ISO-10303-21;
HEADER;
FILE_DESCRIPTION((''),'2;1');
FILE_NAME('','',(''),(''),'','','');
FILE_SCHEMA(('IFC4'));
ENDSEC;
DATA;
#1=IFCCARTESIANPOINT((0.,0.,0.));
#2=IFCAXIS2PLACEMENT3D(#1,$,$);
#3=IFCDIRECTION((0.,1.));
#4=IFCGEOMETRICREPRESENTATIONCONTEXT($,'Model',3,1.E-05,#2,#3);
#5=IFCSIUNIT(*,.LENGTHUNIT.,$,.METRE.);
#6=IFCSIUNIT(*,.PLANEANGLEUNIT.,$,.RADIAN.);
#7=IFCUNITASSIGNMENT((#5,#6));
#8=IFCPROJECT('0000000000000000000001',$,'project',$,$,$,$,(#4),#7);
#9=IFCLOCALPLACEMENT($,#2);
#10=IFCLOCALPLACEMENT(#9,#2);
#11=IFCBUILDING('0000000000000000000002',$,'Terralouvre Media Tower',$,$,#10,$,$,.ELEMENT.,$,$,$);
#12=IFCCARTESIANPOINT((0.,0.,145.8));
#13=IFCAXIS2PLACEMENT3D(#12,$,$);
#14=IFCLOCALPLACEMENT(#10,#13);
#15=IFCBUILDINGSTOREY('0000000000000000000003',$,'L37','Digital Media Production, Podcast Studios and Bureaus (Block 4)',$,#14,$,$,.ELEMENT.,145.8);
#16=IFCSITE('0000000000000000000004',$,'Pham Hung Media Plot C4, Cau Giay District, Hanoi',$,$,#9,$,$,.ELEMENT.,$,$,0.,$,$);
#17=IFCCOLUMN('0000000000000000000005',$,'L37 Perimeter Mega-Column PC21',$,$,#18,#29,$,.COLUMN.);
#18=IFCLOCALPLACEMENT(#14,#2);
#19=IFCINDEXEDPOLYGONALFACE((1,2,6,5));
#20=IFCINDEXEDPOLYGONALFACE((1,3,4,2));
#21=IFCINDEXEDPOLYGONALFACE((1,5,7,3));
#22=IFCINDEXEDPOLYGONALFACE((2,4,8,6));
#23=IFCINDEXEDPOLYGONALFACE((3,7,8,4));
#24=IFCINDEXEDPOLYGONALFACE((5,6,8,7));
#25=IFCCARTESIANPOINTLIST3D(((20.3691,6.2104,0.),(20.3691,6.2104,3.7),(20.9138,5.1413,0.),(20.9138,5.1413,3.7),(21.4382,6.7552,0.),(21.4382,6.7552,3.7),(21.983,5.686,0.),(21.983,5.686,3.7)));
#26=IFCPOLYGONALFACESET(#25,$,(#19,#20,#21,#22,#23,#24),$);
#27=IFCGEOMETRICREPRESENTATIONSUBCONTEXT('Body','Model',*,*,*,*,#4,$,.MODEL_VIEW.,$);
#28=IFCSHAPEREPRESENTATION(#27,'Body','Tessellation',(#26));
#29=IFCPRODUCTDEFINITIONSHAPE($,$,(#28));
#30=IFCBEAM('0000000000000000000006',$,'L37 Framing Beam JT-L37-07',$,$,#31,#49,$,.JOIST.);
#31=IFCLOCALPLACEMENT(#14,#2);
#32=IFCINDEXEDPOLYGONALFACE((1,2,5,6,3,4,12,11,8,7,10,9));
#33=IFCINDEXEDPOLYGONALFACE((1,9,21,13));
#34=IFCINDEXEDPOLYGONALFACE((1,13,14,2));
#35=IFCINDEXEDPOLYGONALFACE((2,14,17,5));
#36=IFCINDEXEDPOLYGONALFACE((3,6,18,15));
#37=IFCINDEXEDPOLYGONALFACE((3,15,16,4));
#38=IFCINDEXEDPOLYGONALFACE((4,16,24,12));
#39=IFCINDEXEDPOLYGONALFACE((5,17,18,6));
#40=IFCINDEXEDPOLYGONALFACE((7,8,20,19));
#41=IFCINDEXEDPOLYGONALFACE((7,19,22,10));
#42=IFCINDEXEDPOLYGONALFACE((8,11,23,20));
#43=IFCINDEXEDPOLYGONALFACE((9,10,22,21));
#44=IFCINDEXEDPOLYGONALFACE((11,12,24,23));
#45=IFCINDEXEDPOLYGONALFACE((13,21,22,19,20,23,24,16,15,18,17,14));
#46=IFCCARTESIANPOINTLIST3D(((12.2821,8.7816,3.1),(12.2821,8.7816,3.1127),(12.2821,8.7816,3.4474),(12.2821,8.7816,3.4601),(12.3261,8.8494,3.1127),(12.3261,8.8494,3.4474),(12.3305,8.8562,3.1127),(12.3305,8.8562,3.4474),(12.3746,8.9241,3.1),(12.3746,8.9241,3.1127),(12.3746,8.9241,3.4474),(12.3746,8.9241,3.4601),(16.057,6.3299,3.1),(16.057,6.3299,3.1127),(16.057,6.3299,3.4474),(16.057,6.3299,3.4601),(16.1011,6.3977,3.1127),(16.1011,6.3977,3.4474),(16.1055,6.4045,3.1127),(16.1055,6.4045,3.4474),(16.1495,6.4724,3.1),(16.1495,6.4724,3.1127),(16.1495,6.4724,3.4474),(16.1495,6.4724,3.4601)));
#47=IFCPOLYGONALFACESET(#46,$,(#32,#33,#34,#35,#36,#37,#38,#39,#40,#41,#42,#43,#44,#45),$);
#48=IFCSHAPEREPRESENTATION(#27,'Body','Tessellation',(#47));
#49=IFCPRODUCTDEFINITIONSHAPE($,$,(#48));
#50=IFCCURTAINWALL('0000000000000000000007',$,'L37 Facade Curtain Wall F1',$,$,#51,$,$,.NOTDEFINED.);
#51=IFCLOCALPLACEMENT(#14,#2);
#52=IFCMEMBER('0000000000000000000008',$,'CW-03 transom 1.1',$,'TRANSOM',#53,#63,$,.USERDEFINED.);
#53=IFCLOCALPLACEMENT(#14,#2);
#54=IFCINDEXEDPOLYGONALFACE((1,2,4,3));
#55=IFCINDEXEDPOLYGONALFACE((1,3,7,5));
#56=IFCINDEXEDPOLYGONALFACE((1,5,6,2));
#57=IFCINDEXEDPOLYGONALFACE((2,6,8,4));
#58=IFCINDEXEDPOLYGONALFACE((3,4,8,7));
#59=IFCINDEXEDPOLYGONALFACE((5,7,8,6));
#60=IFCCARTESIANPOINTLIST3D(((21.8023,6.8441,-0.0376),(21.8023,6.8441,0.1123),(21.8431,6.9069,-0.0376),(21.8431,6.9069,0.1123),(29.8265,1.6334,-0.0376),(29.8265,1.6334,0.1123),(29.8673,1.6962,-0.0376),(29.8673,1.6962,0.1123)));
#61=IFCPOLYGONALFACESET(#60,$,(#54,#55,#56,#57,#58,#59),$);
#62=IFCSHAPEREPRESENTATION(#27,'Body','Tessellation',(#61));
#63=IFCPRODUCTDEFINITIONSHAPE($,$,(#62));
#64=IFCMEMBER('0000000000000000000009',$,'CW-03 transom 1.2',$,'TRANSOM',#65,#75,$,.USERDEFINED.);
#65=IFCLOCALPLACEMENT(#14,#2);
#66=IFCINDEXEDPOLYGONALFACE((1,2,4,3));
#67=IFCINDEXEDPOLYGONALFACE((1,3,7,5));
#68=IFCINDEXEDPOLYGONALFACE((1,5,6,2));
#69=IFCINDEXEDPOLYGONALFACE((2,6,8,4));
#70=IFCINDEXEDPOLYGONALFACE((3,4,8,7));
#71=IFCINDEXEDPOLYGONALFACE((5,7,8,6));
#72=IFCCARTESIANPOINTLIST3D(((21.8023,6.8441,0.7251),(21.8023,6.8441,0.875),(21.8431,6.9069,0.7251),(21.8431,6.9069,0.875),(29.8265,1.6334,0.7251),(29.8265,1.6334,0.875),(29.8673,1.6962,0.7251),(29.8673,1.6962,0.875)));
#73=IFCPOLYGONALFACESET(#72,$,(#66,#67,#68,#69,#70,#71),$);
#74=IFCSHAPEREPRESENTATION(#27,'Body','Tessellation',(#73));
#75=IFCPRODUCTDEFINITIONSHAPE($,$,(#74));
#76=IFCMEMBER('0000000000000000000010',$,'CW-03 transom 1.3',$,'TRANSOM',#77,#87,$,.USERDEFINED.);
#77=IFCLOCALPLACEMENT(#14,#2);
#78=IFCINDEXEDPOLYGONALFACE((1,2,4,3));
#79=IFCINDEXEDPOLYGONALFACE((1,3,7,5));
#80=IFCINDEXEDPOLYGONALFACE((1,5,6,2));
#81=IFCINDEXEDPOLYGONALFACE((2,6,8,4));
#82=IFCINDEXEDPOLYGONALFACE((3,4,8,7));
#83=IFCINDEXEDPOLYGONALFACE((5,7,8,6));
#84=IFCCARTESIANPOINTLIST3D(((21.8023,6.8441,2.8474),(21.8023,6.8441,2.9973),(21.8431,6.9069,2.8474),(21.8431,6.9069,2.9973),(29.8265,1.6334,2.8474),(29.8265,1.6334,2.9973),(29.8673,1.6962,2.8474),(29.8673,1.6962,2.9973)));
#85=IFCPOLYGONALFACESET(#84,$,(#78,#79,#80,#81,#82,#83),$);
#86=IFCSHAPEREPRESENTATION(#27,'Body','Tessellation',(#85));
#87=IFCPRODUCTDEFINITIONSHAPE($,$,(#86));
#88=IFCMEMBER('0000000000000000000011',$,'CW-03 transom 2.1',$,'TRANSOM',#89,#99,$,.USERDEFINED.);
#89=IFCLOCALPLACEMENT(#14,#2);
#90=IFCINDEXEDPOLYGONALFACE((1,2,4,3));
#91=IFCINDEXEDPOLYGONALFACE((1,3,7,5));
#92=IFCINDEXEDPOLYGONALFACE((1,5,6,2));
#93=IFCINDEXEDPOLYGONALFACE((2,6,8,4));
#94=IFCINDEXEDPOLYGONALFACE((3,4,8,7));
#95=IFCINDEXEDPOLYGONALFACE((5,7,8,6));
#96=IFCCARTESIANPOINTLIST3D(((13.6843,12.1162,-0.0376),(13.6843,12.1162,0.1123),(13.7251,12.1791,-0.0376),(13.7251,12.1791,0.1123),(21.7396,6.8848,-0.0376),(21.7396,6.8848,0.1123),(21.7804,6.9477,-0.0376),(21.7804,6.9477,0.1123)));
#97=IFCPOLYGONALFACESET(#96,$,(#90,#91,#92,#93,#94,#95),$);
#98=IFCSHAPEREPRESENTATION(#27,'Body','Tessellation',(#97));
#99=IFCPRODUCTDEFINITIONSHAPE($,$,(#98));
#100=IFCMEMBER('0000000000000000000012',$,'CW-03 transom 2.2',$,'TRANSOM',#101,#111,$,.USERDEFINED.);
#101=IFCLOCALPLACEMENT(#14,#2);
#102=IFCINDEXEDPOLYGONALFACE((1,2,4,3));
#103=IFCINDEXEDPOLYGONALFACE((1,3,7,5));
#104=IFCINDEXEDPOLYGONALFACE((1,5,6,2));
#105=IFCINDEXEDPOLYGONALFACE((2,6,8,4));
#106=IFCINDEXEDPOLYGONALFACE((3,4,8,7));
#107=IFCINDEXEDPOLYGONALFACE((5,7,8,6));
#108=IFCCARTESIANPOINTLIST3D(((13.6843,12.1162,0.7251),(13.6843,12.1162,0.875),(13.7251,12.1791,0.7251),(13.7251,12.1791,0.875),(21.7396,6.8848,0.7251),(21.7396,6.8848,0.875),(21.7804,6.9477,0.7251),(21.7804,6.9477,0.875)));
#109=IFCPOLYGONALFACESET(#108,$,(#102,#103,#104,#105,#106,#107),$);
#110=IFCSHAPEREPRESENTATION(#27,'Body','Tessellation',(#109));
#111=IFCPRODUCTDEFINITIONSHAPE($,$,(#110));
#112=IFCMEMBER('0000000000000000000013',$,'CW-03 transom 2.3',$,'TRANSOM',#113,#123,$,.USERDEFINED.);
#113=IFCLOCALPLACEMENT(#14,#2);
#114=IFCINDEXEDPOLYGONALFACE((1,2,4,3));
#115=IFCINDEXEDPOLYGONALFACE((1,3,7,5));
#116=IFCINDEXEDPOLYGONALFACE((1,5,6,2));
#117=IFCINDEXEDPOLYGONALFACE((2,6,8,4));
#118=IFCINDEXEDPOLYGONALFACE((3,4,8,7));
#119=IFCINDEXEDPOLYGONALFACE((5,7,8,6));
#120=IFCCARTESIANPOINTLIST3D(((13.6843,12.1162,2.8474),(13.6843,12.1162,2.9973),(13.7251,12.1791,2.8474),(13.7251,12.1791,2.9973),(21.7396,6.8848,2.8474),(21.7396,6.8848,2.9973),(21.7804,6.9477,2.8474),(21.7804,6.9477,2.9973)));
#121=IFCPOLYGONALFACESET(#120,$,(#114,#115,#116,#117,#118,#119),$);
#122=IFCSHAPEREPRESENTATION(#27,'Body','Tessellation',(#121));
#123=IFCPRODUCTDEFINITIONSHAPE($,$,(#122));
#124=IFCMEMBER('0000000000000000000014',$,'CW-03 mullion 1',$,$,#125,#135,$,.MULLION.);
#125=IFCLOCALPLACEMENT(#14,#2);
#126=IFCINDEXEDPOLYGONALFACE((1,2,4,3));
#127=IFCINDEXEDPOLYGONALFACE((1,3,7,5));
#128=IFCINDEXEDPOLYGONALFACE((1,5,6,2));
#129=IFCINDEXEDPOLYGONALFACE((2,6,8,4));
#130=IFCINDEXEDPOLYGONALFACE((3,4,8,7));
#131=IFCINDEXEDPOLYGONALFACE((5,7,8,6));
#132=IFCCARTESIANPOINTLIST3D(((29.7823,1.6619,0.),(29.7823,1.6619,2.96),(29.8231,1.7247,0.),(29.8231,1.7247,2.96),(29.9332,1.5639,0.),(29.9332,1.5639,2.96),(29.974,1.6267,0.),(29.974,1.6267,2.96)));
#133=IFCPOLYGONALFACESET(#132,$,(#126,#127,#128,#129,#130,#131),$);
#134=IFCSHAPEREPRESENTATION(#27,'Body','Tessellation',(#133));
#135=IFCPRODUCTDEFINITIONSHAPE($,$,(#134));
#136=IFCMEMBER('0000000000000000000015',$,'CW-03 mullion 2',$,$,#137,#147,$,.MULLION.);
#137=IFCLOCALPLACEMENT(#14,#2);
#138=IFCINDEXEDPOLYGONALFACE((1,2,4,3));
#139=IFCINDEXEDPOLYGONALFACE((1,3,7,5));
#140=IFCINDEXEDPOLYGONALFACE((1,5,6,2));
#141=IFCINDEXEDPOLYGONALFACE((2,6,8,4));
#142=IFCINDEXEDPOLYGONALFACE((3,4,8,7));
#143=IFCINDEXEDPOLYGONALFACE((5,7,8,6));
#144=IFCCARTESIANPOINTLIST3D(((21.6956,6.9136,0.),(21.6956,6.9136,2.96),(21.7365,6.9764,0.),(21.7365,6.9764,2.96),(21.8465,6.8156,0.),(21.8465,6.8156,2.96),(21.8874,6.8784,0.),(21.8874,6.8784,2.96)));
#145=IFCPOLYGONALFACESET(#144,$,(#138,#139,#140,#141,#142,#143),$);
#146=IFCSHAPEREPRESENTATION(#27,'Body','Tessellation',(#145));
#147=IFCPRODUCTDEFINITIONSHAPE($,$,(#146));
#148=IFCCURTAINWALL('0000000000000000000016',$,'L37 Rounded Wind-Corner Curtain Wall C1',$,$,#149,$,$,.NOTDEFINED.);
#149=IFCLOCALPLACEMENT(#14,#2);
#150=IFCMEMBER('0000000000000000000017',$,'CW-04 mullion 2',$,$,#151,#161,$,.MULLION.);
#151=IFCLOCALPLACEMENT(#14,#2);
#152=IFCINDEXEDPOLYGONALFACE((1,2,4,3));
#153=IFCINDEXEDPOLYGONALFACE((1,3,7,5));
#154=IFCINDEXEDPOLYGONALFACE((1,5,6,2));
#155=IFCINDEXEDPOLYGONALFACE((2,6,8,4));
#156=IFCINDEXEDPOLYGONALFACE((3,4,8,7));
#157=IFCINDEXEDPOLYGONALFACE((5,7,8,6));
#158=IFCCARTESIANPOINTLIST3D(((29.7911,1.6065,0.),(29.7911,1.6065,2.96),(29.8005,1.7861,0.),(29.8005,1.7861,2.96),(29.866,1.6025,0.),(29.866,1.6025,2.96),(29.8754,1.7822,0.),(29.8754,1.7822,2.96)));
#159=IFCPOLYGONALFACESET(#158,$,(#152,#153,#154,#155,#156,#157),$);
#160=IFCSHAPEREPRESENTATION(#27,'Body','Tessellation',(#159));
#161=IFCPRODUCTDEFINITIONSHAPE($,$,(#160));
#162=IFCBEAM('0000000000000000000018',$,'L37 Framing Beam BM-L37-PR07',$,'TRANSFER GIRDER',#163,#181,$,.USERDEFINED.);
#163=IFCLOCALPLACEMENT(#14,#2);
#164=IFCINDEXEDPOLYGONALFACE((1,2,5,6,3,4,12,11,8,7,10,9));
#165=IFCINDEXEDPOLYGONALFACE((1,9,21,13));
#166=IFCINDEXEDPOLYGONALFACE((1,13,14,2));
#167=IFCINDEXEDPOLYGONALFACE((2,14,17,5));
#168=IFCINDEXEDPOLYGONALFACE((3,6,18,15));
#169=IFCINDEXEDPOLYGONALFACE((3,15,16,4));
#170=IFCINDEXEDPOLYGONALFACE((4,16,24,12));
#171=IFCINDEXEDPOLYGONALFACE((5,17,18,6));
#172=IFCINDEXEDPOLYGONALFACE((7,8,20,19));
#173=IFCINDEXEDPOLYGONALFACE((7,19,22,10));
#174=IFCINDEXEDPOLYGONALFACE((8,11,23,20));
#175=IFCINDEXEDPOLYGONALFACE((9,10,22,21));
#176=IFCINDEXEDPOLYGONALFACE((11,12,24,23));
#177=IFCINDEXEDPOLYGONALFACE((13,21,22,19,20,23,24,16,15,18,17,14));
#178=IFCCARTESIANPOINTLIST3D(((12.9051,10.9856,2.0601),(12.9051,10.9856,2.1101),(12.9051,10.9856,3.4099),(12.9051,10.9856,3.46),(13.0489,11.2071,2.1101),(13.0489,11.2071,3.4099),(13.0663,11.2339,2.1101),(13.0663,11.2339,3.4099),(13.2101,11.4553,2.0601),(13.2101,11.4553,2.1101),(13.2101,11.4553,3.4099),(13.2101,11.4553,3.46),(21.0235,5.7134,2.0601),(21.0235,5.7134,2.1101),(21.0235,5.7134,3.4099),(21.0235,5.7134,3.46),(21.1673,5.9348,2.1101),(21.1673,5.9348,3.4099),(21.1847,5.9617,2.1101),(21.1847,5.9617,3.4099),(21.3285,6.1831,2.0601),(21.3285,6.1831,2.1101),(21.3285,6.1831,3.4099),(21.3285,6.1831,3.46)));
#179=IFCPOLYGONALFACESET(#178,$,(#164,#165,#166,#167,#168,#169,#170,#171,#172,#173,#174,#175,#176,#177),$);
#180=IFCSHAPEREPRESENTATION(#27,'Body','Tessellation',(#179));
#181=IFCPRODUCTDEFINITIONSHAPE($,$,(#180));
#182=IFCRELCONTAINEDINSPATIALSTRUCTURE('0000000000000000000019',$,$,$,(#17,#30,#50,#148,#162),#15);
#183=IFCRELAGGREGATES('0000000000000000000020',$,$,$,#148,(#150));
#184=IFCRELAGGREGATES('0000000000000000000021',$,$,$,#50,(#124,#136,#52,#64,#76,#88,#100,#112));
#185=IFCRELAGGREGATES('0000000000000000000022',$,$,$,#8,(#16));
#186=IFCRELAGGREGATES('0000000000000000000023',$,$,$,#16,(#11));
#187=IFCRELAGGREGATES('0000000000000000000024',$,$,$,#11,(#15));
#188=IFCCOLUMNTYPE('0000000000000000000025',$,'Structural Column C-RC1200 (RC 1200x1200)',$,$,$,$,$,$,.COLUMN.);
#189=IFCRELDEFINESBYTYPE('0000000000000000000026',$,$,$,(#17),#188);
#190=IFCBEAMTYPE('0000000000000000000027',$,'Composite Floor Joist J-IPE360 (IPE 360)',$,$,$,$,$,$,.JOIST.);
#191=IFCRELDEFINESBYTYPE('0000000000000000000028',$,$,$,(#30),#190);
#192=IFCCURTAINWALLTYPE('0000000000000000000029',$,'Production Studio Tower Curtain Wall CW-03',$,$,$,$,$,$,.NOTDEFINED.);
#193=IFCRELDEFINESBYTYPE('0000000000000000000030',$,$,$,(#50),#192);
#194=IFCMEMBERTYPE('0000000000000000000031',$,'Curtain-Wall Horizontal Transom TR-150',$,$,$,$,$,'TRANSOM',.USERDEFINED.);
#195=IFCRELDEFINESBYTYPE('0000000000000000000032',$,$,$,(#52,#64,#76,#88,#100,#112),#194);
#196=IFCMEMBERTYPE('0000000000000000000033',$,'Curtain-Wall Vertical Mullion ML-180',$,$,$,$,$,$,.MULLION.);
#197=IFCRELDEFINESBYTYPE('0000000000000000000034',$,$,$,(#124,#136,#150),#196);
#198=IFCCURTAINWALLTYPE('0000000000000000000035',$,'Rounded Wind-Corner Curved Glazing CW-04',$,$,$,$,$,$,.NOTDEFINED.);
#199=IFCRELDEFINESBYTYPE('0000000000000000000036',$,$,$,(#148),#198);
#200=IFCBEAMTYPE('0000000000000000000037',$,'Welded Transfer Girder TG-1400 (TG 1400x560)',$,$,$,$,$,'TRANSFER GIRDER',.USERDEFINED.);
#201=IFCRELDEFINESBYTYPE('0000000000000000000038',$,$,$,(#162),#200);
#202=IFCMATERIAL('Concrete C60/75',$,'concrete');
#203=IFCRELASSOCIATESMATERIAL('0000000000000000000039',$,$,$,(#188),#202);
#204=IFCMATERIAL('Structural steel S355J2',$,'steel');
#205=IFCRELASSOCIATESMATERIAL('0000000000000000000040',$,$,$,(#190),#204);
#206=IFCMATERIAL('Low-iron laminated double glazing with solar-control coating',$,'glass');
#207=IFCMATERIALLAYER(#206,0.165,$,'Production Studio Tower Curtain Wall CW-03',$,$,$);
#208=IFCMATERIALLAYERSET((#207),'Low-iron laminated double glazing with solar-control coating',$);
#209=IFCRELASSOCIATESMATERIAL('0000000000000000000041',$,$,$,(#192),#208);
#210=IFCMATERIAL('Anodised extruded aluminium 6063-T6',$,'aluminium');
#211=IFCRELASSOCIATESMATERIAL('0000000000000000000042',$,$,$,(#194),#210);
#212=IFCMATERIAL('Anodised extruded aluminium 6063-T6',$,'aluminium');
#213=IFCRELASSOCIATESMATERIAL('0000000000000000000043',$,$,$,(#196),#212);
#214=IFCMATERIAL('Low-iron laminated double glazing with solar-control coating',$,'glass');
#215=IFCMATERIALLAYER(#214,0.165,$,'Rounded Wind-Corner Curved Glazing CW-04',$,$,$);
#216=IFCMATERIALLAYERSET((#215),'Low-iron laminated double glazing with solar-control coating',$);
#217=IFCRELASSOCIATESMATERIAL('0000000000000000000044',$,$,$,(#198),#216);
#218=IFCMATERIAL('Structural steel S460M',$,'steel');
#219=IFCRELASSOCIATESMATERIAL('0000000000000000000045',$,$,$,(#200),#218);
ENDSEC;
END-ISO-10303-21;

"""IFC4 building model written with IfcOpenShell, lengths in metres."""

from ifc_helpers import new_model, si_unit, direction, frame, origin, origin_2d, place, context, subcontext, project, spatial, rectangle, i_section, extrude, material, layer, layer_set, material_profile, profile_set, type_object, element, aggregate, save


model = new_model("IFC4")

# Units and contexts
model_context = context("Model", 3, precision=1e-05, world=origin(), true_north=direction((0.0, 1.0)))
body_context = subcontext(model_context, "Body", "Model", "MODEL_VIEW")
ifc_project = project(units=[si_unit("LENGTHUNIT", "METRE"), si_unit("PLANEANGLEUNIT", "RADIAN")], contexts=[model_context])

# Site, building, storey
site_placement = place(None, origin())
site = spatial("IfcSite", under=ifc_project, at=site_placement, Name="Pham Hung Media Plot C4, Cau Giay District, Hanoi", CompositionType="ELEMENT", RefElevation=0.0)
building_placement = place(site_placement, origin())
building = spatial("IfcBuilding", under=site, at=building_placement, Name="Terralouvre Media Tower", CompositionType="ELEMENT")
storey_placement = place(building_placement, frame((0.0, 0.0, 145.8)))
storey = spatial("IfcBuildingStorey", under=building, at=storey_placement, Name="L37", Description="Digital Media Production, Podcast Studios and Bureaus (Block 4)", CompositionType="ELEMENT", Elevation=145.8)

# Column
ifc_material_1 = material(Name="Concrete C60/75", Category="concrete")
ifc_material_profile_1 = material_profile(ifc_material_1, rectangle(XDim=1.2, YDim=1.2, at=origin_2d()), Name="RC 1200x1200")
ifc_profile_set_1 = profile_set([ifc_material_profile_1], Name="Concrete C60/75")
column_type = type_object("IfcColumnType", Name="Structural Column C-RC1200 (RC 1200x1200)", PredefinedType="COLUMN", material=ifc_profile_set_1)
column_placement = place(storey_placement, frame((21.176, 5.9482, 0.0), z_axis=(0.0, 0.0, 1.0), x_axis=(0.891007, 0.45399, 0.0)))
element("IfcColumn", 1, at=column_placement, inside=storey, type_object=column_type, Name="L37 Perimeter Mega-Column PC21", PredefinedType="COLUMN", context=body_context, shape_type="SweptSolid", body=[
    extrude(rectangle(XDim=1.2, YDim=1.2, at=origin_2d()), origin(), (0.0, 0.0, 1.0), 3.7),
])

# Beam
ifc_material_2 = material(Name="Structural steel S355J2", Category="steel")
ifc_material_profile_2 = material_profile(ifc_material_2, i_section(OverallWidth=0.1699, OverallDepth=0.3601, WebThickness=0.0081, FlangeThickness=0.0127, at=origin_2d()), Name="IPE 360")
ifc_profile_set_2 = profile_set([ifc_material_profile_2], Name="Structural steel S355J2")
beam_type_1 = type_object("IfcBeamType", Name="Composite Floor Joist J-IPE360 (IPE 360)", PredefinedType="JOIST", material=ifc_profile_set_2)
beam_1_placement = place(storey_placement, frame((16.1033, 6.4011, 3.28), z_axis=(-0.838649, 0.544672, 0.0), x_axis=(-0.544672, -0.838649, 0.0)))
element("IfcBeam", 2, at=beam_1_placement, inside=storey, type_object=beam_type_1, Name="L37 Framing Beam JT-L37-07", PredefinedType="JOIST", context=body_context, shape_type="SweptSolid", body=[
    extrude(i_section(OverallWidth=0.1699, OverallDepth=0.3601, WebThickness=0.0081, FlangeThickness=0.0127, at=origin_2d()), origin(), (0.0, 0.0, 1.0), 4.5012),
])

# Curtain wall, members
ifc_material_3 = material(Name="Low-iron laminated double glazing with solar-control coating", Category="glass")
ifc_layer_1 = layer(ifc_material_3, 0.165, Name="Production Studio Tower Curtain Wall CW-03")
ifc_layer_set_1 = layer_set([ifc_layer_1], Name="Low-iron laminated double glazing with solar-control coating")
curtain_wall_type_1 = type_object("IfcCurtainWallType", Name="Production Studio Tower Curtain Wall CW-03", PredefinedType="NOTDEFINED", material=ifc_layer_set_1)
curtain_wall_1_placement = place(storey_placement, origin())
curtain_wall_1 = element("IfcCurtainWall", 3, at=curtain_wall_1_placement, inside=storey, type_object=curtain_wall_type_1, Name="L37 Facade Curtain Wall F1", PredefinedType="NOTDEFINED")
ifc_material_4 = material(Name="Anodised extruded aluminium 6063-T6", Category="aluminium")
ifc_material_profile_3 = material_profile(ifc_material_4, rectangle(XDim=0.075, YDim=0.1499, at=origin_2d()), Name="ALU 75x150")
ifc_profile_set_3 = profile_set([ifc_material_profile_3], Name="Anodised extruded aluminium 6063-T6")
member_type_1 = type_object("IfcMemberType", Name="Curtain-Wall Horizontal Transom TR-150", ElementType="TRANSOM", PredefinedType="USERDEFINED", material=ifc_profile_set_3)
member_1_placement = place(storey_placement, frame((29.8469, 1.6648, 0.0374), z_axis=(-0.838683, 0.54462, 0.0), x_axis=(-0.54462, -0.838683, 0.0)))
member_1 = element("IfcMember", 4, at=member_1_placement, type_object=member_type_1, Name="CW-03 transom 1.1", ObjectType="TRANSOM", PredefinedType="USERDEFINED", context=body_context, shape_type="SweptSolid", body=[
    extrude(rectangle(XDim=0.075, YDim=0.1499, at=origin_2d()), origin(), (0.0, 0.0, 1.0), 9.5676),
])
member_2_placement = place(storey_placement, frame((29.8469, 1.6648, 0.8), z_axis=(-0.838683, 0.54462, 0.0), x_axis=(-0.54462, -0.838683, 0.0)))
member_2 = element("IfcMember", 5, at=member_2_placement, type_object=member_type_1, Name="CW-03 transom 1.2", ObjectType="TRANSOM", PredefinedType="USERDEFINED", context=body_context, shape_type="SweptSolid", body=[
    extrude(rectangle(XDim=0.075, YDim=0.1499, at=origin_2d()), origin(), (0.0, 0.0, 1.0), 9.5676),
])
member_3_placement = place(storey_placement, frame((29.8469, 1.6648, 2.9224), z_axis=(-0.838683, 0.54462, 0.0), x_axis=(-0.54462, -0.838683, 0.0)))
member_3 = element("IfcMember", 6, at=member_3_placement, type_object=member_type_1, Name="CW-03 transom 1.3", ObjectType="TRANSOM", PredefinedType="USERDEFINED", context=body_context, shape_type="SweptSolid", body=[
    extrude(rectangle(XDim=0.075, YDim=0.1499, at=origin_2d()), origin(), (0.0, 0.0, 1.0), 9.5676),
])
member_4_placement = place(storey_placement, frame((21.76, 6.9163, 0.0374), z_axis=(-0.838661, 0.544653, 0.0), x_axis=(-0.544653, -0.838661, 0.0)))
member_4 = element("IfcMember", 7, at=member_4_placement, type_object=member_type_1, Name="CW-03 transom 2.1", ObjectType="TRANSOM", PredefinedType="USERDEFINED", context=body_context, shape_type="SweptSolid", body=[
    extrude(rectangle(XDim=0.075, YDim=0.1499, at=origin_2d()), origin(), (0.0, 0.0, 1.0), 9.605),
])
member_5_placement = place(storey_placement, frame((21.76, 6.9163, 0.8), z_axis=(-0.838661, 0.544653, 0.0), x_axis=(-0.544653, -0.838661, 0.0)))
member_5 = element("IfcMember", 8, at=member_5_placement, type_object=member_type_1, Name="CW-03 transom 2.2", ObjectType="TRANSOM", PredefinedType="USERDEFINED", context=body_context, shape_type="SweptSolid", body=[
    extrude(rectangle(XDim=0.075, YDim=0.1499, at=origin_2d()), origin(), (0.0, 0.0, 1.0), 9.605),
])
member_6_placement = place(storey_placement, frame((21.76, 6.9163, 2.9224), z_axis=(-0.838661, 0.544653, 0.0), x_axis=(-0.544653, -0.838661, 0.0)))
member_6 = element("IfcMember", 9, at=member_6_placement, type_object=member_type_1, Name="CW-03 transom 2.3", ObjectType="TRANSOM", PredefinedType="USERDEFINED", context=body_context, shape_type="SweptSolid", body=[
    extrude(rectangle(XDim=0.075, YDim=0.1499, at=origin_2d()), origin(), (0.0, 0.0, 1.0), 9.605),
])
ifc_material_5 = material(Name="Anodised extruded aluminium 6063-T6", Category="aluminium")
ifc_material_profile_4 = material_profile(ifc_material_5, rectangle(XDim=0.075, YDim=0.1799, at=origin_2d()), Name="ALU 75x180")
ifc_profile_set_4 = profile_set([ifc_material_profile_4], Name="Anodised extruded aluminium 6063-T6")
member_type_2 = type_object("IfcMemberType", Name="Curtain-Wall Vertical Mullion ML-180", PredefinedType="MULLION", material=ifc_profile_set_4)
member_7_placement = place(storey_placement, frame((29.8782, 1.6443, 0.0), z_axis=(0.0, 0.0, 1.0), x_axis=(-0.544639, -0.838671, 0.0)))
member_7 = element("IfcMember", 10, at=member_7_placement, type_object=member_type_2, Name="CW-03 mullion 1", PredefinedType="MULLION", context=body_context, shape_type="SweptSolid", body=[
    extrude(rectangle(XDim=0.075, YDim=0.1799, at=origin_2d()), origin(), (0.0, 0.0, 1.0), 2.96),
])
member_8_placement = place(storey_placement, frame((21.7915, 6.896, 0.0), z_axis=(0.0, 0.0, 1.0), x_axis=(-0.544639, -0.838671, 0.0)))
member_8 = element("IfcMember", 11, at=member_8_placement, type_object=member_type_2, Name="CW-03 mullion 2", PredefinedType="MULLION", context=body_context, shape_type="SweptSolid", body=[
    extrude(rectangle(XDim=0.075, YDim=0.1799, at=origin_2d()), origin(), (0.0, 0.0, 1.0), 2.96),
])

# Curtain wall, member
ifc_material_6 = material(Name="Low-iron laminated double glazing with solar-control coating", Category="glass")
ifc_layer_2 = layer(ifc_material_6, 0.165, Name="Rounded Wind-Corner Curved Glazing CW-04")
ifc_layer_set_2 = layer_set([ifc_layer_2], Name="Low-iron laminated double glazing with solar-control coating")
curtain_wall_type_2 = type_object("IfcCurtainWallType", Name="Rounded Wind-Corner Curved Glazing CW-04", PredefinedType="NOTDEFINED", material=ifc_layer_set_2)
curtain_wall_2_placement = place(storey_placement, origin())
curtain_wall_2 = element("IfcCurtainWall", 12, at=curtain_wall_2_placement, inside=storey, type_object=curtain_wall_type_2, Name="L37 Rounded Wind-Corner Curtain Wall C1", PredefinedType="NOTDEFINED")
member_9_placement = place(storey_placement, frame((29.8333, 1.6943, 0.0), z_axis=(0.0, 0.0, 1.0), x_axis=(-0.998629, 0.052337, 0.0)))
member_9 = element("IfcMember", 13, at=member_9_placement, type_object=member_type_2, Name="CW-04 mullion 2", PredefinedType="MULLION", context=body_context, shape_type="SweptSolid", body=[
    extrude(rectangle(XDim=0.075, YDim=0.1799, at=origin_2d()), origin(), (0.0, 0.0, 1.0), 2.96),
])
aggregate(curtain_wall_2, [member_9])

# Beam
ifc_material_7 = material(Name="Structural steel S460M", Category="steel")
ifc_material_profile_5 = material_profile(ifc_material_7, i_section(OverallWidth=0.5601, OverallDepth=1.3999, WebThickness=0.032, FlangeThickness=0.05, at=origin_2d()), Name="TG 1400x560")
ifc_profile_set_5 = profile_set([ifc_material_profile_5], Name="Structural steel S460M")
beam_type_2 = type_object("IfcBeamType", Name="Welded Transfer Girder TG-1400 (TG 1400x560)", ElementType="TRANSFER GIRDER", PredefinedType="USERDEFINED", material=ifc_profile_set_5)
beam_2_placement = place(storey_placement, frame((21.176, 5.9482, 2.76), z_axis=(-0.838668, 0.544643, 0.0), x_axis=(-0.544643, -0.838668, 0.0)))
element("IfcBeam", 14, at=beam_2_placement, inside=storey, type_object=beam_type_2, Name="L37 Framing Beam BM-L37-PR07", ObjectType="TRANSFER GIRDER", PredefinedType="USERDEFINED", context=body_context, shape_type="SweptSolid", body=[
    extrude(i_section(OverallWidth=0.5601, OverallDepth=1.3999, WebThickness=0.032, FlangeThickness=0.05, at=origin_2d()), origin(), (0.0, 0.0, 1.0), 9.6802),
])

aggregate(curtain_wall_1, [member_7, member_8, member_1, member_2, member_3, member_4, member_5, member_6])

save(model, "model.ifc")
